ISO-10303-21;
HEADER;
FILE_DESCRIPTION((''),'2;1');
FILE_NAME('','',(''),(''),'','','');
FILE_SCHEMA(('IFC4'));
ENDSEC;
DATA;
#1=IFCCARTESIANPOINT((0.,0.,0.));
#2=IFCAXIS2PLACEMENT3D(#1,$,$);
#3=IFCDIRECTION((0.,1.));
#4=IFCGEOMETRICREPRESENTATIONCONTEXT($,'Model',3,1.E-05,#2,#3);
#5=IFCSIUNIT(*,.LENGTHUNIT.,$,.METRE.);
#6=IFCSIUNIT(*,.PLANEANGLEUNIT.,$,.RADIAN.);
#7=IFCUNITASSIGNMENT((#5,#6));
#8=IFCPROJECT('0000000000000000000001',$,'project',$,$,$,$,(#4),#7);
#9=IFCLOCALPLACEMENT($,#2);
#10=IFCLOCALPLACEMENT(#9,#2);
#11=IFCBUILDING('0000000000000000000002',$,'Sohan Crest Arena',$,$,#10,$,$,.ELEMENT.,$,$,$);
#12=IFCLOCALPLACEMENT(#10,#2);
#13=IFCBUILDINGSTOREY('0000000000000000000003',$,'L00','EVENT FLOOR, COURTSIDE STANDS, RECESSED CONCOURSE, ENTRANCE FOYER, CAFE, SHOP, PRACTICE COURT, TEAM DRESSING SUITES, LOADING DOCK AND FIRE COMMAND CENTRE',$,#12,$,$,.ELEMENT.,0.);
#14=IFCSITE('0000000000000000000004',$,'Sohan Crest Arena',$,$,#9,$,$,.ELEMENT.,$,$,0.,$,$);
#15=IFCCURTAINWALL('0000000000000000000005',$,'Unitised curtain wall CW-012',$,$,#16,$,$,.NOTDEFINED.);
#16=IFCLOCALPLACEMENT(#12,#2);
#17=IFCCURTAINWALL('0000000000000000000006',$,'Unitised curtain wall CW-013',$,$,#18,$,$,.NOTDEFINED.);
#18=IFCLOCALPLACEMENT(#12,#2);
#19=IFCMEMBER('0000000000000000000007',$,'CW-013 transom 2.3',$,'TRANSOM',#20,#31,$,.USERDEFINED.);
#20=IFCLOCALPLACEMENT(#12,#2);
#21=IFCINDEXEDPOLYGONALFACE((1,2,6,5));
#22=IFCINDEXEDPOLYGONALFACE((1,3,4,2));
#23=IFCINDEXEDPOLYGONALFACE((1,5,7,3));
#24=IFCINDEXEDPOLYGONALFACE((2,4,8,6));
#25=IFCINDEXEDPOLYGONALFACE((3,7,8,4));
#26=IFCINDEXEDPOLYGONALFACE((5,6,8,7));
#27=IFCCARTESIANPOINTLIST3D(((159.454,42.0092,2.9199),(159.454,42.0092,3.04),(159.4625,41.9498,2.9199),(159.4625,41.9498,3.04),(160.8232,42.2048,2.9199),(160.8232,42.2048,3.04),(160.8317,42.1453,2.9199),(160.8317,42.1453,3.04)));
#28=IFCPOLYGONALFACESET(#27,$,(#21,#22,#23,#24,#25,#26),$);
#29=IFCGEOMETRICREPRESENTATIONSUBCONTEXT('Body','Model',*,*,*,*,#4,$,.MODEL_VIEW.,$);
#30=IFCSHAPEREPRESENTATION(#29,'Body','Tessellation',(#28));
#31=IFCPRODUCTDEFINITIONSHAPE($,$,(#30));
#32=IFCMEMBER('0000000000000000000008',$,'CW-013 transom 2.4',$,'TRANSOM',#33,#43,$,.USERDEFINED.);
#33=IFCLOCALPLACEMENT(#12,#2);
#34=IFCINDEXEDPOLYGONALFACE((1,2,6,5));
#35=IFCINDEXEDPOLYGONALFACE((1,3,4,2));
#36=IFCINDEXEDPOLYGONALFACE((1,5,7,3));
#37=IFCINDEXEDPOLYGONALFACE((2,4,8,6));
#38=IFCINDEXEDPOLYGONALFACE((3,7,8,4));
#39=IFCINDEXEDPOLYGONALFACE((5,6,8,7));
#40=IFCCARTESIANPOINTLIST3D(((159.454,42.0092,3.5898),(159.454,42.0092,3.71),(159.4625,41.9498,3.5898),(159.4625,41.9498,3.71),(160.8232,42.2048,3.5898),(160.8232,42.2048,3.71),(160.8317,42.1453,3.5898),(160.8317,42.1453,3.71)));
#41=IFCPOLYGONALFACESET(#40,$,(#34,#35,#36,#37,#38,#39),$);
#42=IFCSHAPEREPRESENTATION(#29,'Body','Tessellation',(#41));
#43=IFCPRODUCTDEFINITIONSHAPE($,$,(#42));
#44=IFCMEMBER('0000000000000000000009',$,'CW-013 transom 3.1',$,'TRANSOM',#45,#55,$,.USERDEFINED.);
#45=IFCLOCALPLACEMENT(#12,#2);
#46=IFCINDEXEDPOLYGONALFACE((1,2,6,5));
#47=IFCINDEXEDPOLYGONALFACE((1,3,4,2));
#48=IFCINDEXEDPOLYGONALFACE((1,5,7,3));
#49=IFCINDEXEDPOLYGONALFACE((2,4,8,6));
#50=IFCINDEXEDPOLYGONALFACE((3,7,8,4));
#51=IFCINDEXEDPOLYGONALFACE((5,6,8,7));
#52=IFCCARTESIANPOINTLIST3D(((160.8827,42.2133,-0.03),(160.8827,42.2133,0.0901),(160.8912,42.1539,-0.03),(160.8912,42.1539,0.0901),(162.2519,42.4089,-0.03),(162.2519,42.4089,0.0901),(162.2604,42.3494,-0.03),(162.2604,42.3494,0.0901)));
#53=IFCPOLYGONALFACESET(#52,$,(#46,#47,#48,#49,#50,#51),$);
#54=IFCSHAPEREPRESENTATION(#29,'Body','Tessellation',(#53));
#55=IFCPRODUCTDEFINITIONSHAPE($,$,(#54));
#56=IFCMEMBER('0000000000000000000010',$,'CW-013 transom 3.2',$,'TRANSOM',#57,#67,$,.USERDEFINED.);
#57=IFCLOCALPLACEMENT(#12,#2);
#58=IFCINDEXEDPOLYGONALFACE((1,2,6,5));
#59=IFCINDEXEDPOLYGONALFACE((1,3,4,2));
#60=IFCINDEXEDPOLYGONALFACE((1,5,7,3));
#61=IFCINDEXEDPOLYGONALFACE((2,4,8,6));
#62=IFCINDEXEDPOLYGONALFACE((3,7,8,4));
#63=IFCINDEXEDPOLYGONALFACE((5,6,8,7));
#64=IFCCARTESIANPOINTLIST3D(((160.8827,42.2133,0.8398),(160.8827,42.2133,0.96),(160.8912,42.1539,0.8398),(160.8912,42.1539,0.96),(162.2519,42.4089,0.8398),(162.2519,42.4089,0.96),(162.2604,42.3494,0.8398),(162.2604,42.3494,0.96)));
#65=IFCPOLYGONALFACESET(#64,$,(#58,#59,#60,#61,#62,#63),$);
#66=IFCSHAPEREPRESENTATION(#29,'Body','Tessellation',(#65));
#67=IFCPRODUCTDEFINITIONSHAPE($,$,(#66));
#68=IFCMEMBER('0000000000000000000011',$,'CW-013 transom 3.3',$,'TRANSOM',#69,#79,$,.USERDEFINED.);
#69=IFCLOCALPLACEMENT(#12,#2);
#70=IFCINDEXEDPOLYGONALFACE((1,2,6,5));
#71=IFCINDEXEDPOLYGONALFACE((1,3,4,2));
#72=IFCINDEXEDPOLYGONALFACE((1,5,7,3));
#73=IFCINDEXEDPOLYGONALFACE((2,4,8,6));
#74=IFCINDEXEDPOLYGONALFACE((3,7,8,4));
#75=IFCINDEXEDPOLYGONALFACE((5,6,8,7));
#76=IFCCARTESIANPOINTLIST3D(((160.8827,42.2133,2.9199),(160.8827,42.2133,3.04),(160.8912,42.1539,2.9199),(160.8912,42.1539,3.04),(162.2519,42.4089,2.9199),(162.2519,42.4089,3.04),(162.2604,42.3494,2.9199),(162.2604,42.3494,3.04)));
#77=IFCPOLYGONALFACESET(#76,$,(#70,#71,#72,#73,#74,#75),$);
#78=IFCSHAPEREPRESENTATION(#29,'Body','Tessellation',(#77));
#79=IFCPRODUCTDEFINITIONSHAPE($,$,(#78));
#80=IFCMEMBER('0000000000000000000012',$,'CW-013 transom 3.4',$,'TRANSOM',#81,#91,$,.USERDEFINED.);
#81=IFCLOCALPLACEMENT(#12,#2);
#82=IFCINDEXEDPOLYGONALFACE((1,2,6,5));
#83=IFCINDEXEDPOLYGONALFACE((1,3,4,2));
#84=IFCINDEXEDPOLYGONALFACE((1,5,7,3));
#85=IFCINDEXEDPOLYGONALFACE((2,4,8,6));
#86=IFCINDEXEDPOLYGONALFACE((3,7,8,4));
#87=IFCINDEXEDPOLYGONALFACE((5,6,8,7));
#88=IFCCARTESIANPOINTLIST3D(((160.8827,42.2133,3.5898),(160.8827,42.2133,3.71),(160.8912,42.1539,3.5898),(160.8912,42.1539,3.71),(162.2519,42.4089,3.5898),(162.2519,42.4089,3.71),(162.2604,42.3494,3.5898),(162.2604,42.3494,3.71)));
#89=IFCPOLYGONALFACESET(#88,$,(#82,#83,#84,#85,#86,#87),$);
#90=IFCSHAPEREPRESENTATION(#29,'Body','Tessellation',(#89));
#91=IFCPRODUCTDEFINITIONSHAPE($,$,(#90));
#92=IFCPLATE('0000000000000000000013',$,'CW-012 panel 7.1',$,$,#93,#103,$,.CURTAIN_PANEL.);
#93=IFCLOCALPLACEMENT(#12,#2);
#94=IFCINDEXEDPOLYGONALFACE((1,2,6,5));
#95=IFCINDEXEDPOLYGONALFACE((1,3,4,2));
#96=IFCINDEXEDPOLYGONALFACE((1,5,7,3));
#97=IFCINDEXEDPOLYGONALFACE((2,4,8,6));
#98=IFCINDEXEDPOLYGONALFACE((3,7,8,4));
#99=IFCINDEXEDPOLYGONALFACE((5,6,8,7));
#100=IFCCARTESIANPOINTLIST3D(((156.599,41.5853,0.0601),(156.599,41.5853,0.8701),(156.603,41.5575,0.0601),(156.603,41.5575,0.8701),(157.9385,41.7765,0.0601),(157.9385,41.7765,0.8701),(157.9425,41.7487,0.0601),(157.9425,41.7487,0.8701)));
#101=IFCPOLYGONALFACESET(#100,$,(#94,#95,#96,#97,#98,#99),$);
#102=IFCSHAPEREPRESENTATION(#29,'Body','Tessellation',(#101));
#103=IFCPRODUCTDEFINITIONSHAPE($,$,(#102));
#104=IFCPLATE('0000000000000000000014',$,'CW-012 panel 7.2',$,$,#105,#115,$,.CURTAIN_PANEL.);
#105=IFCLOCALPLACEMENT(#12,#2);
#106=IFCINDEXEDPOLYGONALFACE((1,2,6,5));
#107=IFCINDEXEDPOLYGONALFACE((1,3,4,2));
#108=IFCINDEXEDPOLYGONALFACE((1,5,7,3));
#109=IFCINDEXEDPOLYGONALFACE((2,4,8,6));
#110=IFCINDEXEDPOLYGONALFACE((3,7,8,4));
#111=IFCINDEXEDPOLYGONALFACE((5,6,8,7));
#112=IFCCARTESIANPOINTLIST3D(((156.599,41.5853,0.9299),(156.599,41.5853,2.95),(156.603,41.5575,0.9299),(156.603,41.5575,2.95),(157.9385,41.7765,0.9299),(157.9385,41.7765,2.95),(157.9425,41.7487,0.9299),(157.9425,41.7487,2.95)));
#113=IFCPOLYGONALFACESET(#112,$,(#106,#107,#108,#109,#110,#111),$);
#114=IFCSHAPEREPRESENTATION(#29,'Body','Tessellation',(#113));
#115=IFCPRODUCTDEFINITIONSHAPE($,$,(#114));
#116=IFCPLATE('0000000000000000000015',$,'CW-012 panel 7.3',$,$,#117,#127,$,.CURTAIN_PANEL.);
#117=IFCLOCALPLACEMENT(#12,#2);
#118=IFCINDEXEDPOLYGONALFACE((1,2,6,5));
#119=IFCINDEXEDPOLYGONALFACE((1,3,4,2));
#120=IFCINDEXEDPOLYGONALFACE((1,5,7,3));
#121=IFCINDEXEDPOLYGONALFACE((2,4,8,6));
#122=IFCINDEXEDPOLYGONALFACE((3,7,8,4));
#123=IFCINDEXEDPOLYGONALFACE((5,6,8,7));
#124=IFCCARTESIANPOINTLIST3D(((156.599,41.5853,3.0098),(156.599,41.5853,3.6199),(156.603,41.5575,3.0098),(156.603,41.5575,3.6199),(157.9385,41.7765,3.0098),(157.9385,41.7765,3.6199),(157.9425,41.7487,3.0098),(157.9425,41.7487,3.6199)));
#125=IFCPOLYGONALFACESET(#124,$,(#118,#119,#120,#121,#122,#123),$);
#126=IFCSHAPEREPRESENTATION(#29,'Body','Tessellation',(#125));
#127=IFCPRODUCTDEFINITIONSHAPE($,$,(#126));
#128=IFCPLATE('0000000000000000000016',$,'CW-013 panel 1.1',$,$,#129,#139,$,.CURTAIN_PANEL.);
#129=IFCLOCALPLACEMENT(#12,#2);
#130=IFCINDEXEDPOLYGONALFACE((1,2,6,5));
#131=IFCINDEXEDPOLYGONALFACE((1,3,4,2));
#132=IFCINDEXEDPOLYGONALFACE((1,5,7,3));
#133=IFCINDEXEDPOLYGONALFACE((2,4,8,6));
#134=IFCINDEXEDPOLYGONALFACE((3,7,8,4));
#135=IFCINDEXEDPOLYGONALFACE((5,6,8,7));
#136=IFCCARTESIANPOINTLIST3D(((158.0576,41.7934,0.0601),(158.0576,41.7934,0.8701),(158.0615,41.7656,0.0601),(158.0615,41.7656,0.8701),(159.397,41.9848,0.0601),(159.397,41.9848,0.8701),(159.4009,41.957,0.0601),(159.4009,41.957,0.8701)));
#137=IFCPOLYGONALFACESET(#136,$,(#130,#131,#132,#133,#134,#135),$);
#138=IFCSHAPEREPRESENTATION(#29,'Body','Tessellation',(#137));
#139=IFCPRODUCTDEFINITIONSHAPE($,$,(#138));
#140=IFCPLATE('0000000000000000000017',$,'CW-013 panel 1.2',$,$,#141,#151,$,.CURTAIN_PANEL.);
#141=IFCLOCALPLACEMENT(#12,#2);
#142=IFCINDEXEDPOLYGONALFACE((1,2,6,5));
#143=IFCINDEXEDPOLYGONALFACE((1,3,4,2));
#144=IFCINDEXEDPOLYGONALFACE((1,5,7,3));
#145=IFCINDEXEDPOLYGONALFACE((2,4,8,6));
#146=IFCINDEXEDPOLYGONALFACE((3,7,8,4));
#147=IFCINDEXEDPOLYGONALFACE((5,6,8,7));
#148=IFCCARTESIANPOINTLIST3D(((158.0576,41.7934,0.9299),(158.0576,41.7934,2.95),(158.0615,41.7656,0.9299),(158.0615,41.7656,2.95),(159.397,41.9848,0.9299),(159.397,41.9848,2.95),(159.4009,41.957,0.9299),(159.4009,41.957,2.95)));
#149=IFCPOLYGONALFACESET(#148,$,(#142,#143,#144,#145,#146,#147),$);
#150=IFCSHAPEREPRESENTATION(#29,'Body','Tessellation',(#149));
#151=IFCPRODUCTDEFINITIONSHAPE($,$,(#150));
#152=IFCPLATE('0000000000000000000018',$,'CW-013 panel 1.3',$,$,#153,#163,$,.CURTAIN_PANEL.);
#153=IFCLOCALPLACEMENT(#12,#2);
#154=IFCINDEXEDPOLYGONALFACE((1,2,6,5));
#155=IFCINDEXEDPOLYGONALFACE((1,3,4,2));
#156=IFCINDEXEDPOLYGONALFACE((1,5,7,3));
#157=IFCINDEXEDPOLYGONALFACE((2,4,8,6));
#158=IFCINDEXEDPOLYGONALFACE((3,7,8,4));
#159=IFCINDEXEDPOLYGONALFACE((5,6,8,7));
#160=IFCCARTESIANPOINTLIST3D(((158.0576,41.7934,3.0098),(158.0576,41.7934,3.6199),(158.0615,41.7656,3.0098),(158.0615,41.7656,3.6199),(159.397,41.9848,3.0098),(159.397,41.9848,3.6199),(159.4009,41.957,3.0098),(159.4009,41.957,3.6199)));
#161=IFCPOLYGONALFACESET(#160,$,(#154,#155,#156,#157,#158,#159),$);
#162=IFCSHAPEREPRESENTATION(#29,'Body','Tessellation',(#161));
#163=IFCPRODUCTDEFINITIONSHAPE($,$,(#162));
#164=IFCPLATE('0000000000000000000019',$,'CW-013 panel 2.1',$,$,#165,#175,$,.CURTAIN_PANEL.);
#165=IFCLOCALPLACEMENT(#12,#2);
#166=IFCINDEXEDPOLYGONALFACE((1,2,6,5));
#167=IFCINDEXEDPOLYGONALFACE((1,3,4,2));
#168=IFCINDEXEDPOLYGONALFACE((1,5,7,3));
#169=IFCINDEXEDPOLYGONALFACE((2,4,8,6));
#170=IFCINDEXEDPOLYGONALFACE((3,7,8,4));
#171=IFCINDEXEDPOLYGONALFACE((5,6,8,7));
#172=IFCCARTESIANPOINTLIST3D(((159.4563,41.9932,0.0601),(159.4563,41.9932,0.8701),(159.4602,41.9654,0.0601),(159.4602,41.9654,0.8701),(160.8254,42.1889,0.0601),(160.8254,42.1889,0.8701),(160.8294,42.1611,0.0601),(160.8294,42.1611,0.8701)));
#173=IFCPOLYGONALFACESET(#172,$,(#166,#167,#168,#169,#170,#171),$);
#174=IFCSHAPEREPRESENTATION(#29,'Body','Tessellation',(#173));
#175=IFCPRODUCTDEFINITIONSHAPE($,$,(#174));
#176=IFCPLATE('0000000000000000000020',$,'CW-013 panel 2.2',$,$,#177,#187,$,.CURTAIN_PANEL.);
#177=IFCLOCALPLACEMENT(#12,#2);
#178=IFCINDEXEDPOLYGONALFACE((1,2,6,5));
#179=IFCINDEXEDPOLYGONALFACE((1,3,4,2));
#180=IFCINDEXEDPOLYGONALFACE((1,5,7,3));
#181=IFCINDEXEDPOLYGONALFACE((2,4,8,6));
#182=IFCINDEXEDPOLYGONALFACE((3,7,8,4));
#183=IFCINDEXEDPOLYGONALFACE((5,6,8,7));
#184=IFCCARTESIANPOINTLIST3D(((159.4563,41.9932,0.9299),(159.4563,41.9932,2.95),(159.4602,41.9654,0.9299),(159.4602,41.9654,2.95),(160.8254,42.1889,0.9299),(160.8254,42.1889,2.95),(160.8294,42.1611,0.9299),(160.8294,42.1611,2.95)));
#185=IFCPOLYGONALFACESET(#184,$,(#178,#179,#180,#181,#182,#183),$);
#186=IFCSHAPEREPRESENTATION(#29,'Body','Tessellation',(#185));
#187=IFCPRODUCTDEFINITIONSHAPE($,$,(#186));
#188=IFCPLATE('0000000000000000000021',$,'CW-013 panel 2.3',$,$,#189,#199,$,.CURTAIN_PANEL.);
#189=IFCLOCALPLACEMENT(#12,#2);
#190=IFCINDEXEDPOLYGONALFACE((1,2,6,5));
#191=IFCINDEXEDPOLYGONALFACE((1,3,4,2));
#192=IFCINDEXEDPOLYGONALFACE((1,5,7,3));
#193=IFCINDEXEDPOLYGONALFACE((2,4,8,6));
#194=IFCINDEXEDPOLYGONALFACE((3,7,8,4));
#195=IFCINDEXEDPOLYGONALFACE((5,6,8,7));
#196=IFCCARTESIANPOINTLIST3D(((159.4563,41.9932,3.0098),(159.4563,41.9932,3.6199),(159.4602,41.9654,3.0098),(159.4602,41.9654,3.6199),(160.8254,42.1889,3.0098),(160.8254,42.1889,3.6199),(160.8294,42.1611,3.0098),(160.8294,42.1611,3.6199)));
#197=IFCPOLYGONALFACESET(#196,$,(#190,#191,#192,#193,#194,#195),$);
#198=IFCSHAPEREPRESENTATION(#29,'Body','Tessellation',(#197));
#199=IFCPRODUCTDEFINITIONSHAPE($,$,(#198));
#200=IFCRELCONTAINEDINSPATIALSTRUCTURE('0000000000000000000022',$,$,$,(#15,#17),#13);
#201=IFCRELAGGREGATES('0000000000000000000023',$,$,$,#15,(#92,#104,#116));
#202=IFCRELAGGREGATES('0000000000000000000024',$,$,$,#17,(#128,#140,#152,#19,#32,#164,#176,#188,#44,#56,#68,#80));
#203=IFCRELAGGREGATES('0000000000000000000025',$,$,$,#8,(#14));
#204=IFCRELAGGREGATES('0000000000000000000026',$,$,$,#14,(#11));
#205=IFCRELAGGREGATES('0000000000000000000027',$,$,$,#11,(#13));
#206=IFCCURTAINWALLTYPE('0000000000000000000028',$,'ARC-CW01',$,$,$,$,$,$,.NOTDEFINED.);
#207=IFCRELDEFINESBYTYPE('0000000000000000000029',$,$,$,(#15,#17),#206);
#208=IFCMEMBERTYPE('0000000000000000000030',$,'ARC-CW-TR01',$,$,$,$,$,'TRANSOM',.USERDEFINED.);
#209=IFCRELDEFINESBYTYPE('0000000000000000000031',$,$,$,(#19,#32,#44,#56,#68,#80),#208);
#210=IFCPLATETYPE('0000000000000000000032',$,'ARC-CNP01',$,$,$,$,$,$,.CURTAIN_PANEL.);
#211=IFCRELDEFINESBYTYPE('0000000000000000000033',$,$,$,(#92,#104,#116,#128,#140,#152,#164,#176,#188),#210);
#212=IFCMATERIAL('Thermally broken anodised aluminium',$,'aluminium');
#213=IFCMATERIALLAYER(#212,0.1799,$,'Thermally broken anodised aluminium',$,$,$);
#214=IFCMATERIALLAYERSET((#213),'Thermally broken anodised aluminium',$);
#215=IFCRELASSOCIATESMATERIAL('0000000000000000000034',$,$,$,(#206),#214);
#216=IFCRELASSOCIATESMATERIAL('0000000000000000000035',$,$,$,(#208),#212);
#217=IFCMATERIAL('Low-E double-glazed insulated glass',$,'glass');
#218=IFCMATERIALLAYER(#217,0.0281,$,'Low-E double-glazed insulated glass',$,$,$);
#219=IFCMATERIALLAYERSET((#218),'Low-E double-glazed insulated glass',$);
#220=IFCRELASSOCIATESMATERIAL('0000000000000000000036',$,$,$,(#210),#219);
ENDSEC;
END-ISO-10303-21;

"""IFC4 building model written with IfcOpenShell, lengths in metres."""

from ifc_helpers import new_model, si_unit, direction, frame, origin, origin_2d, place, context, subcontext, project, spatial, rectangle, extrude, material, layer, layer_set, material_profile, profile_set, type_object, element, aggregate, save


model = new_model("IFC4")

# Units and contexts
model_context = context("Model", 3, precision=1e-05, world=origin(), true_north=direction((0.0, 1.0)))
body_context = subcontext(model_context, "Body", "Model", "MODEL_VIEW")
ifc_project = project(units=[si_unit("LENGTHUNIT", "METRE"), si_unit("PLANEANGLEUNIT", "RADIAN")], contexts=[model_context])

# Site, building, storey
site_placement = place(None, origin())
site = spatial("IfcSite", under=ifc_project, at=site_placement, Name="Sohan Crest Arena", CompositionType="ELEMENT", RefElevation=0.0)
building_placement = place(site_placement, origin())
building = spatial("IfcBuilding", under=site, at=building_placement, Name="Sohan Crest Arena", CompositionType="ELEMENT")
storey_placement = place(building_placement, origin())
storey = spatial("IfcBuildingStorey", under=building, at=storey_placement, Name="L00", Description="EVENT FLOOR, COURTSIDE STANDS, RECESSED CONCOURSE, ENTRANCE FOYER, CAFE, SHOP, PRACTICE COURT, TEAM DRESSING SUITES, LOADING DOCK AND FIRE COMMAND CENTRE", CompositionType="ELEMENT", Elevation=0.0)

# Curtain wall
ifc_material_1 = material(Name="Thermally broken anodised aluminium", Category="aluminium")
ifc_layer_1 = layer(ifc_material_1, 0.1799, Name="Thermally broken anodised aluminium")
ifc_layer_set_1 = layer_set([ifc_layer_1], Name="Thermally broken anodised aluminium")
curtain_wall_type = type_object("IfcCurtainWallType", Name="ARC-CW01", PredefinedType="NOTDEFINED", material=ifc_layer_set_1)
curtain_wall_1_placement = place(storey_placement, origin())
curtain_wall_1 = element("IfcCurtainWall", 1, at=curtain_wall_1_placement, inside=storey, type_object=curtain_wall_type, Name="Unitised curtain wall CW-012", PredefinedType="NOTDEFINED")

# Curtain wall
curtain_wall_2_placement = place(storey_placement, origin())
curtain_wall_2 = element("IfcCurtainWall", 2, at=curtain_wall_2_placement, inside=storey, type_object=curtain_wall_type, Name="Unitised curtain wall CW-013", PredefinedType="NOTDEFINED")

# Members
ifc_material_profile_1 = material_profile(ifc_material_1, rectangle(XDim=0.0601, YDim=0.1201, at=origin_2d()), Name="ALU-TRAN 60x120")
ifc_profile_set_1 = profile_set([ifc_material_profile_1], Name="Thermally broken anodised aluminium")
member_type_1 = type_object("IfcMemberType", Name="ARC-CW-TR01", ElementType="TRANSOM", PredefinedType="USERDEFINED", material=ifc_profile_set_1)
member_1_placement = place(storey_placement, frame((159.4583, 41.9795, 2.98), z_axis=(0.989953, 0.141397, 0.0), x_axis=(-0.141397, 0.989953, 0.0)))
member_1 = element("IfcMember", 3, at=member_1_placement, type_object=member_type_1, Name="CW-013 transom 2.3", ObjectType="TRANSOM", PredefinedType="USERDEFINED", context=body_context, shape_type="SweptSolid", body=[
    extrude(rectangle(XDim=0.0601, YDim=0.1201, at=origin_2d()), origin(), (0.0, 0.0, 1.0), 1.3831),
])
member_2_placement = place(storey_placement, frame((159.4583, 41.9795, 3.6499), z_axis=(0.989953, 0.141397, 0.0), x_axis=(-0.141397, 0.989953, 0.0)))
member_2 = element("IfcMember", 4, at=member_2_placement, type_object=member_type_1, Name="CW-013 transom 2.4", ObjectType="TRANSOM", PredefinedType="USERDEFINED", context=body_context, shape_type="SweptSolid", body=[
    extrude(rectangle(XDim=0.0601, YDim=0.1201, at=origin_2d()), origin(), (0.0, 0.0, 1.0), 1.3831),
])
member_3_placement = place(storey_placement, frame((160.887, 42.1836, 0.03), z_axis=(0.989953, 0.141397, 0.0), x_axis=(-0.141397, 0.989953, 0.0)))
member_3 = element("IfcMember", 5, at=member_3_placement, type_object=member_type_1, Name="CW-013 transom 3.1", ObjectType="TRANSOM", PredefinedType="USERDEFINED", context=body_context, shape_type="SweptSolid", body=[
    extrude(rectangle(XDim=0.0601, YDim=0.1201, at=origin_2d()), origin(), (0.0, 0.0, 1.0), 1.3831),
])
member_4_placement = place(storey_placement, frame((160.887, 42.1836, 0.8999), z_axis=(0.989953, 0.141397, 0.0), x_axis=(-0.141397, 0.989953, 0.0)))
member_4 = element("IfcMember", 6, at=member_4_placement, type_object=member_type_1, Name="CW-013 transom 3.2", ObjectType="TRANSOM", PredefinedType="USERDEFINED", context=body_context, shape_type="SweptSolid", body=[
    extrude(rectangle(XDim=0.0601, YDim=0.1201, at=origin_2d()), origin(), (0.0, 0.0, 1.0), 1.3831),
])
member_5_placement = place(storey_placement, frame((160.887, 42.1836, 2.98), z_axis=(0.989953, 0.141397, 0.0), x_axis=(-0.141397, 0.989953, 0.0)))
member_5 = element("IfcMember", 7, at=member_5_placement, type_object=member_type_1, Name="CW-013 transom 3.3", ObjectType="TRANSOM", PredefinedType="USERDEFINED", context=body_context, shape_type="SweptSolid", body=[
    extrude(rectangle(XDim=0.0601, YDim=0.1201, at=origin_2d()), origin(), (0.0, 0.0, 1.0), 1.3831),
])
member_6_placement = place(storey_placement, frame((160.887, 42.1836, 3.6499), z_axis=(0.989953, 0.141397, 0.0), x_axis=(-0.141397, 0.989953, 0.0)))
member_6 = element("IfcMember", 8, at=member_6_placement, type_object=member_type_1, Name="CW-013 transom 3.4", ObjectType="TRANSOM", PredefinedType="USERDEFINED", context=body_context, shape_type="SweptSolid", body=[
    extrude(rectangle(XDim=0.0601, YDim=0.1201, at=origin_2d()), origin(), (0.0, 0.0, 1.0), 1.3831),
])

# Plates
ifc_material_2 = material(Name="Low-E double-glazed insulated glass", Category="glass")
ifc_layer_2 = layer(ifc_material_2, 0.0281, Name="Low-E double-glazed insulated glass")
ifc_layer_set_2 = layer_set([ifc_layer_2], Name="Low-E double-glazed insulated glass")
plate_type = type_object("IfcPlateType", Name="ARC-CNP01", PredefinedType="CURTAIN_PANEL", material=ifc_layer_set_2)
plate_1_placement = place(storey_placement, frame((157.2708, 41.667, 0.0601), z_axis=(0.0, 0.0, 1.0), x_axis=(0.989957, 0.141366, 0.0)))
plate_1 = element("IfcPlate", 9, at=plate_1_placement, type_object=plate_type, Name="CW-012 panel 7.1", PredefinedType="CURTAIN_PANEL", context=body_context, shape_type="SweptSolid", body=[
    extrude(rectangle(XDim=1.353, YDim=0.0281, at=origin_2d()), origin(), (0.0, 0.0, 1.0), 0.8101),
])
plate_2_placement = place(storey_placement, frame((157.2708, 41.667, 0.9299), z_axis=(0.0, 0.0, 1.0), x_axis=(0.989957, 0.141366, 0.0)))
plate_2 = element("IfcPlate", 10, at=plate_2_placement, type_object=plate_type, Name="CW-012 panel 7.2", PredefinedType="CURTAIN_PANEL", context=body_context, shape_type="SweptSolid", body=[
    extrude(rectangle(XDim=1.353, YDim=0.0281, at=origin_2d()), origin(), (0.0, 0.0, 1.0), 2.02),
])
plate_3_placement = place(storey_placement, frame((157.2708, 41.667, 3.0098), z_axis=(0.0, 0.0, 1.0), x_axis=(0.989957, 0.141366, 0.0)))
plate_3 = element("IfcPlate", 11, at=plate_3_placement, type_object=plate_type, Name="CW-012 panel 7.3", PredefinedType="CURTAIN_PANEL", context=body_context, shape_type="SweptSolid", body=[
    extrude(rectangle(XDim=1.353, YDim=0.0281, at=origin_2d()), origin(), (0.0, 0.0, 1.0), 0.6101),
])
aggregate(curtain_wall_1, [plate_1, plate_2, plate_3])
plate_4_placement = place(storey_placement, frame((158.7292, 41.8752, 0.0601), z_axis=(0.0, 0.0, 1.0), x_axis=(0.989944, 0.141463, 0.0)))
plate_4 = element("IfcPlate", 12, at=plate_4_placement, type_object=plate_type, Name="CW-013 panel 1.1", PredefinedType="CURTAIN_PANEL", context=body_context, shape_type="SweptSolid", body=[
    extrude(rectangle(XDim=1.353, YDim=0.0281, at=origin_2d()), origin(), (0.0, 0.0, 1.0), 0.8101),
])
plate_5_placement = place(storey_placement, frame((158.7292, 41.8752, 0.9299), z_axis=(0.0, 0.0, 1.0), x_axis=(0.989944, 0.141463, 0.0)))
plate_5 = element("IfcPlate", 13, at=plate_5_placement, type_object=plate_type, Name="CW-013 panel 1.2", PredefinedType="CURTAIN_PANEL", context=body_context, shape_type="SweptSolid", body=[
    extrude(rectangle(XDim=1.353, YDim=0.0281, at=origin_2d()), origin(), (0.0, 0.0, 1.0), 2.02),
])
plate_6_placement = place(storey_placement, frame((158.7292, 41.8752, 3.0098), z_axis=(0.0, 0.0, 1.0), x_axis=(0.989944, 0.141463, 0.0)))
plate_6 = element("IfcPlate", 14, at=plate_6_placement, type_object=plate_type, Name="CW-013 panel 1.3", PredefinedType="CURTAIN_PANEL", context=body_context, shape_type="SweptSolid", body=[
    extrude(rectangle(XDim=1.353, YDim=0.0281, at=origin_2d()), origin(), (0.0, 0.0, 1.0), 0.6101),
])
plate_7_placement = place(storey_placement, frame((160.1428, 42.0771, 0.0601), z_axis=(0.0, 0.0, 1.0), x_axis=(0.989944, 0.141463, 0.0)))
plate_7 = element("IfcPlate", 15, at=plate_7_placement, type_object=plate_type, Name="CW-013 panel 2.1", PredefinedType="CURTAIN_PANEL", context=body_context, shape_type="SweptSolid", body=[
    extrude(rectangle(XDim=1.3831, YDim=0.0281, at=origin_2d()), origin(), (0.0, 0.0, 1.0), 0.8101),
])
plate_8_placement = place(storey_placement, frame((160.1428, 42.0771, 0.9299), z_axis=(0.0, 0.0, 1.0), x_axis=(0.989944, 0.141463, 0.0)))
plate_8 = element("IfcPlate", 16, at=plate_8_placement, type_object=plate_type, Name="CW-013 panel 2.2", PredefinedType="CURTAIN_PANEL", context=body_context, shape_type="SweptSolid", body=[
    extrude(rectangle(XDim=1.3831, YDim=0.0281, at=origin_2d()), origin(), (0.0, 0.0, 1.0), 2.02),
])
plate_9_placement = place(storey_placement, frame((160.1428, 42.0771, 3.0098), z_axis=(0.0, 0.0, 1.0), x_axis=(0.989944, 0.141463, 0.0)))
plate_9 = element("IfcPlate", 17, at=plate_9_placement, type_object=plate_type, Name="CW-013 panel 2.3", PredefinedType="CURTAIN_PANEL", context=body_context, shape_type="SweptSolid", body=[
    extrude(rectangle(XDim=1.3831, YDim=0.0281, at=origin_2d()), origin(), (0.0, 0.0, 1.0), 0.6101),
])
aggregate(curtain_wall_2, [plate_4, plate_5, plate_6, member_1, member_2, plate_7, plate_8, plate_9, member_3, member_4, member_5, member_6])

save(model, "model.ifc")
